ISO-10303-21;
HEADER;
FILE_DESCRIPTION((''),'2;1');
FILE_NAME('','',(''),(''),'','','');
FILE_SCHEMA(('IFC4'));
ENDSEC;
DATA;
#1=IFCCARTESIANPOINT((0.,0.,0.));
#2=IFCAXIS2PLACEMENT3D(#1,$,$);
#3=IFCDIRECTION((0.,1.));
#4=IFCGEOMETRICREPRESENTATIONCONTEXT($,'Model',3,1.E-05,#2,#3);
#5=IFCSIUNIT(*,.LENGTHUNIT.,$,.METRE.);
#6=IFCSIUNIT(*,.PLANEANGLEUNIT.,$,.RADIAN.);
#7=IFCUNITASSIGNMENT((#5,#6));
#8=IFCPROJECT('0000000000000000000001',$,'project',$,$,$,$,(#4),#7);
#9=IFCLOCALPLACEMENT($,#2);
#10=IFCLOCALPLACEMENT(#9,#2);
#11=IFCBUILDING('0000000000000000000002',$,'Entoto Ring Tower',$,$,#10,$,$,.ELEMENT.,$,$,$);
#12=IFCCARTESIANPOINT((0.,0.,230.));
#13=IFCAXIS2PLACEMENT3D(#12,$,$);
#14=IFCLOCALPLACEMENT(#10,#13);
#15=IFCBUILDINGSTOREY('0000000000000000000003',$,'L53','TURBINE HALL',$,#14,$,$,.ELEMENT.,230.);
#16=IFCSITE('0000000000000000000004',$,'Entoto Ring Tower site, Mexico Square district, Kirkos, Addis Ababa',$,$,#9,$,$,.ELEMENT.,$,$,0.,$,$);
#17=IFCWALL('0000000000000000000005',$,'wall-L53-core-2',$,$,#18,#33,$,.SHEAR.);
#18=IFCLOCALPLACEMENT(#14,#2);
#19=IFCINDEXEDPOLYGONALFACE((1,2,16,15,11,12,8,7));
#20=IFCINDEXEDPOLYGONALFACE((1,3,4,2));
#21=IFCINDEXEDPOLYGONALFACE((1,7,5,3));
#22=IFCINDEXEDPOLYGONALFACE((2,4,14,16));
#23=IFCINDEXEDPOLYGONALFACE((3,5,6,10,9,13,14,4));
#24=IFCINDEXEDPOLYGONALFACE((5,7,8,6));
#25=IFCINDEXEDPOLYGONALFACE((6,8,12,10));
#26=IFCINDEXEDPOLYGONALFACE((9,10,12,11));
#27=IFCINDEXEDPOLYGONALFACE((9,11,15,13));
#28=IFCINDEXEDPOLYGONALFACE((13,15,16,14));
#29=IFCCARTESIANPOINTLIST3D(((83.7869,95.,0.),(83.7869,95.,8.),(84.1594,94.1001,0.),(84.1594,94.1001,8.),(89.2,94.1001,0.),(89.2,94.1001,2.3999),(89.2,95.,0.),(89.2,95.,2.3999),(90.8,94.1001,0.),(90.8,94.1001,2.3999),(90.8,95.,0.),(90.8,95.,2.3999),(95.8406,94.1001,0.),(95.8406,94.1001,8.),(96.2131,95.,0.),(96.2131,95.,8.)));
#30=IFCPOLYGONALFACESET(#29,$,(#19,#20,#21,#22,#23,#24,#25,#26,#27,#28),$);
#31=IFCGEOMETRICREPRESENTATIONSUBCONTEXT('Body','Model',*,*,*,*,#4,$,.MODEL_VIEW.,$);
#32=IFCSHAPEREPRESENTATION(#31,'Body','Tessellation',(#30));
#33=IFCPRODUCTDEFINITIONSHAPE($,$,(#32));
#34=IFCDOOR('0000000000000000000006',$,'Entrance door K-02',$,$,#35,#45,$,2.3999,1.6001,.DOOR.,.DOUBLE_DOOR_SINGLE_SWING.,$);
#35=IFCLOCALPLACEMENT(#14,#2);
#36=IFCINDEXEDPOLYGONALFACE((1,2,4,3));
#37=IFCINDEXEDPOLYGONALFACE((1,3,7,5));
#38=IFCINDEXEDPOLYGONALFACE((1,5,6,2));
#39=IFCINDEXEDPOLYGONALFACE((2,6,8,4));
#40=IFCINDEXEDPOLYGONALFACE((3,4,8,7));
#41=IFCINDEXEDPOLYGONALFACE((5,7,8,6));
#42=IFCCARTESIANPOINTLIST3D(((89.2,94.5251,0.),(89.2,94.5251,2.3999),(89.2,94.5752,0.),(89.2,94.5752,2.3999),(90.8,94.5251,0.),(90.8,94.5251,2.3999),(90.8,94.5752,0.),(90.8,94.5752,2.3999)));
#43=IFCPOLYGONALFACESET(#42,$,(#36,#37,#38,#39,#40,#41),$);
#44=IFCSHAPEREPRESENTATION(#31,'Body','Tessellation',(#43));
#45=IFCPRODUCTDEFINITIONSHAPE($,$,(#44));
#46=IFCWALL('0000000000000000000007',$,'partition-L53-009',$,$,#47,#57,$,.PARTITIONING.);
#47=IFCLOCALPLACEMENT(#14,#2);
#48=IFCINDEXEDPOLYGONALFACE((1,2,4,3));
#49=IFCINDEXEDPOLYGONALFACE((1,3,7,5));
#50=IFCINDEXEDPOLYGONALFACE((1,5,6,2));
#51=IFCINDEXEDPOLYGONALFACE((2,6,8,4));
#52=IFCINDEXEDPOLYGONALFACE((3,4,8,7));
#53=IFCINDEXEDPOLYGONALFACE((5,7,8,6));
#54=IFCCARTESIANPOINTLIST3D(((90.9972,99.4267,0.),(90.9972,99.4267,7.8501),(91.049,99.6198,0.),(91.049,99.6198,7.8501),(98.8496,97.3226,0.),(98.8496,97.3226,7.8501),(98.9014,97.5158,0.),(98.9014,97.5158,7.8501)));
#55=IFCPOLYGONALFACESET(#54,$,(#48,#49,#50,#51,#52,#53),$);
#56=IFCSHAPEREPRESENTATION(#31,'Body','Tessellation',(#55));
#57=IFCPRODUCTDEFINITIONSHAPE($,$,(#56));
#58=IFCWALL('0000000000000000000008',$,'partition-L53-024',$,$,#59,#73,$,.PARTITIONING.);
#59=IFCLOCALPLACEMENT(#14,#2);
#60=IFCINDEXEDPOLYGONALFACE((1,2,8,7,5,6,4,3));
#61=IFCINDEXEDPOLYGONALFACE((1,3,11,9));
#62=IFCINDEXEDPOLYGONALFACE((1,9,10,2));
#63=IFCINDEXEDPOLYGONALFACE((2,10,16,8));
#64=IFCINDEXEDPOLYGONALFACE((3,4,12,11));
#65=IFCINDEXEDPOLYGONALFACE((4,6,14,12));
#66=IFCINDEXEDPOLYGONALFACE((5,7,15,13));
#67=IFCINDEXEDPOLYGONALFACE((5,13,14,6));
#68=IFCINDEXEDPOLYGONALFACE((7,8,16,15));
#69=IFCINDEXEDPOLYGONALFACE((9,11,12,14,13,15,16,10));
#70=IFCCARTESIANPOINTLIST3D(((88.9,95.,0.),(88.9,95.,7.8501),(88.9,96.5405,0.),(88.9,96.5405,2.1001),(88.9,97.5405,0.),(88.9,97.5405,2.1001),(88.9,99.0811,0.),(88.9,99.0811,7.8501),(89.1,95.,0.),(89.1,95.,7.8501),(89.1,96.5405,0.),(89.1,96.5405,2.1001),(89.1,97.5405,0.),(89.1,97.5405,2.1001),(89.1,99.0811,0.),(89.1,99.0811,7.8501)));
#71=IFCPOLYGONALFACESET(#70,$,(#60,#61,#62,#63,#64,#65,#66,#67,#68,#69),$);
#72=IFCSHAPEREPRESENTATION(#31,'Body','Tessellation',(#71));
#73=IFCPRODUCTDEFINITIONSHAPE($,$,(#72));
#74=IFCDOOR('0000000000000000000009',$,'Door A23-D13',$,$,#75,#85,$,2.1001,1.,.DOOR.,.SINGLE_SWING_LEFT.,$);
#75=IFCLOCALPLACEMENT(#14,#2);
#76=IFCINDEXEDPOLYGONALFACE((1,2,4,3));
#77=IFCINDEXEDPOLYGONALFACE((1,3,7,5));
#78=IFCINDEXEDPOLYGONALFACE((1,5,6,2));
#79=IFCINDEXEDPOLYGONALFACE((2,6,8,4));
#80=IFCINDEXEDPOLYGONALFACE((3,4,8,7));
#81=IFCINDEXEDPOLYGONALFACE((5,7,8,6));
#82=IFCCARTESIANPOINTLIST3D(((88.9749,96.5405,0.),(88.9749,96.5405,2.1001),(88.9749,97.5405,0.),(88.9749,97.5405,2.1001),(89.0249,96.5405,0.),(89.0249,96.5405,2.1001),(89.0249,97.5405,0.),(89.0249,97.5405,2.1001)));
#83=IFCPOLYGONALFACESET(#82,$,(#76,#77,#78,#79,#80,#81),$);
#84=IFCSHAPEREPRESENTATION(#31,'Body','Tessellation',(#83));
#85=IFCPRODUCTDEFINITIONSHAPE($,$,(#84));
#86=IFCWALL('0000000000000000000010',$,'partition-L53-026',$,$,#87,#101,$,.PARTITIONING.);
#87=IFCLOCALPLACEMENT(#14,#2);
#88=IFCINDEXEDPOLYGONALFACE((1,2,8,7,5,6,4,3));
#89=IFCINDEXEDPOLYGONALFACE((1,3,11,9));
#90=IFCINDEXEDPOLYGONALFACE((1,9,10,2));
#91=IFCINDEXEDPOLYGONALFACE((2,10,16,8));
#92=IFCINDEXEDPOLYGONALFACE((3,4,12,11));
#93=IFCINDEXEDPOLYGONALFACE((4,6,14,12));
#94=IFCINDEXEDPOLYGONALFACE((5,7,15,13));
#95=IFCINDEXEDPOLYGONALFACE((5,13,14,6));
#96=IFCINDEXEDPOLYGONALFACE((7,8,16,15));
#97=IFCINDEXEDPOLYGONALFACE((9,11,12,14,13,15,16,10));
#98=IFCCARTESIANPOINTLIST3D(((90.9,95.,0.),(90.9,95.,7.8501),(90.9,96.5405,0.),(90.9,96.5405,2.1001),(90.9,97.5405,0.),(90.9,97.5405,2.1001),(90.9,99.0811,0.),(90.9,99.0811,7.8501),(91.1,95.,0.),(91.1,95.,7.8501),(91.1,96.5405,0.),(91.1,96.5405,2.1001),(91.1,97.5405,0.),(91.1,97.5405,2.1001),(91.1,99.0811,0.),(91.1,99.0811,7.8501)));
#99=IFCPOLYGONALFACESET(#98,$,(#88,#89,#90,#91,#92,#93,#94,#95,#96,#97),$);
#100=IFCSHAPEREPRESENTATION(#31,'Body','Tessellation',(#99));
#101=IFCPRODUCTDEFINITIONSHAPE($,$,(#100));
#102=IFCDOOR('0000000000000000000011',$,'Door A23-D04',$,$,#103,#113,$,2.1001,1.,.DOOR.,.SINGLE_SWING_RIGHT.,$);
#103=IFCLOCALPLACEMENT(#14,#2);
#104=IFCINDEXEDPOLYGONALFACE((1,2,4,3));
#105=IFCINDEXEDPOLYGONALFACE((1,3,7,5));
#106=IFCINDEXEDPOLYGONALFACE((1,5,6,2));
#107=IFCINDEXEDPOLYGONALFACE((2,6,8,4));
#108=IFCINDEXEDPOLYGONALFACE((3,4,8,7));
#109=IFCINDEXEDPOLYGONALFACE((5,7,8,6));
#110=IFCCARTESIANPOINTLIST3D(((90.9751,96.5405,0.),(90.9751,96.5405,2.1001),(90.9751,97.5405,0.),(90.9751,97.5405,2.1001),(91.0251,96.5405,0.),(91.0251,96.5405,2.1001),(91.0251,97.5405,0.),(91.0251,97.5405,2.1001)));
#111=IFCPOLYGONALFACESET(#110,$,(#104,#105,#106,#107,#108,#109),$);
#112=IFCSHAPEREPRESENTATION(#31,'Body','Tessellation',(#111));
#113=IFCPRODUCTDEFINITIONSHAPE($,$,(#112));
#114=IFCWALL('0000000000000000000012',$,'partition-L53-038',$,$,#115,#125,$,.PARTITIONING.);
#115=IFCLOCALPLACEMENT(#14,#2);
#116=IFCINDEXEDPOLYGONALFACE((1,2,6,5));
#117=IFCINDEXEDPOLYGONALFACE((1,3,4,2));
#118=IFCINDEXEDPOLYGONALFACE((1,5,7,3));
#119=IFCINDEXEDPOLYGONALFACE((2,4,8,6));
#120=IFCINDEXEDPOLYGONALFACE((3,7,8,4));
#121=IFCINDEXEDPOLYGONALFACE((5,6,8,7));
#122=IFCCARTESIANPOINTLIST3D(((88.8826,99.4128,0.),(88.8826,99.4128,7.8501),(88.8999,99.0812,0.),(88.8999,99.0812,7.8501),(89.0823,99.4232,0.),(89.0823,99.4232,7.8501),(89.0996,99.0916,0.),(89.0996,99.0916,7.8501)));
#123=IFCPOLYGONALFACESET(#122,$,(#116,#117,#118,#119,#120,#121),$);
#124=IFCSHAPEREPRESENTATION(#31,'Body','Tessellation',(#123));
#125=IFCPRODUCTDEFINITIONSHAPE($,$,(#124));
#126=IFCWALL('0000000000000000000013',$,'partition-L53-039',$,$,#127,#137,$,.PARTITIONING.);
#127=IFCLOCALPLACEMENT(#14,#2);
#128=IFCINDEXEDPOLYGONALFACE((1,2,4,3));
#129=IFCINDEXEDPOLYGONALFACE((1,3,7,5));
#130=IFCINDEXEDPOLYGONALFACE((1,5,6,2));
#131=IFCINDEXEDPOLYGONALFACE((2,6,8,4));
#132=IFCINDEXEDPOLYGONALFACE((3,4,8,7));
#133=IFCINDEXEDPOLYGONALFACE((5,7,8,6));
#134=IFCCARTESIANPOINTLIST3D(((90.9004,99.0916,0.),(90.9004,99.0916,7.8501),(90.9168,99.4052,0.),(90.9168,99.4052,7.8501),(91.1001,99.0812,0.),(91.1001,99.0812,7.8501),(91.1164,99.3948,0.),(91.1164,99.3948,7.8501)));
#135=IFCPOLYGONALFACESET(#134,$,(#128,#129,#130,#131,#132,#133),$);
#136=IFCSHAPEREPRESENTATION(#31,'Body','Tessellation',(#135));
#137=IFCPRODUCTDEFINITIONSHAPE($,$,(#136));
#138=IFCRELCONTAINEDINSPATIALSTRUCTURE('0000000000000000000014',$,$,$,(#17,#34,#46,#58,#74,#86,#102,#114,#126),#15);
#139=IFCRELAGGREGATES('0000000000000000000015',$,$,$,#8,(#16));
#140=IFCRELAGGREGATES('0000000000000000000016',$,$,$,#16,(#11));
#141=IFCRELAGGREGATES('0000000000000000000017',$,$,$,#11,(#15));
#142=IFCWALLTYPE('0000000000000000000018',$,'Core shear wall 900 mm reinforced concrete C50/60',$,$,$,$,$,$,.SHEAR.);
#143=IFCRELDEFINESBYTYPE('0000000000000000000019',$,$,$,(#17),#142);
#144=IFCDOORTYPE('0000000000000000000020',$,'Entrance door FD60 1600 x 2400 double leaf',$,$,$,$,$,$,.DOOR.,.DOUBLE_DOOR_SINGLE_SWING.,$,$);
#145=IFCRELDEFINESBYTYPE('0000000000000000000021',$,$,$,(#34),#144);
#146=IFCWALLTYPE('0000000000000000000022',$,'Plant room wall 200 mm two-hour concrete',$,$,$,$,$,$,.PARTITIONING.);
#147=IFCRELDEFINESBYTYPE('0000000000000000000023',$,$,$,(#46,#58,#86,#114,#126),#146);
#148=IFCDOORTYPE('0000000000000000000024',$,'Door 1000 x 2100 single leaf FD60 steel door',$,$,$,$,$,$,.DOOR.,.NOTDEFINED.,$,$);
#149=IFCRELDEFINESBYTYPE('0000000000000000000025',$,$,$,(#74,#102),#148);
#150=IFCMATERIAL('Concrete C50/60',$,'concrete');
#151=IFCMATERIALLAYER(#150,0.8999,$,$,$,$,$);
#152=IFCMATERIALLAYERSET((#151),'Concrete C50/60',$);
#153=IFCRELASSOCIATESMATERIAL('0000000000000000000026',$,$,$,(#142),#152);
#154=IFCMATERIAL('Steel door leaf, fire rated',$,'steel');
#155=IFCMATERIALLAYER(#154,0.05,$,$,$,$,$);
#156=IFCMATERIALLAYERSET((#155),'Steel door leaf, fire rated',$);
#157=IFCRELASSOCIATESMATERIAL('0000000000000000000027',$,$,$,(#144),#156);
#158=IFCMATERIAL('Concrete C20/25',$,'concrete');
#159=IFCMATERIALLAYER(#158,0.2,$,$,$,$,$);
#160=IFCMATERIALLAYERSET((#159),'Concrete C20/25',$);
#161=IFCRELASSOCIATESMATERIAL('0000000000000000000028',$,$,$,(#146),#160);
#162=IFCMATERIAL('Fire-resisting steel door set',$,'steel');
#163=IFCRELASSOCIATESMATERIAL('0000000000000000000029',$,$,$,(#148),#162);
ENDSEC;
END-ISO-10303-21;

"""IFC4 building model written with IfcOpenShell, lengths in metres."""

from ifc_helpers import new_model, si_unit, direction, frame, frame_2d, origin, place, context, subcontext, project, spatial, polyline, rectangle, outline, extrude, material, layer, layer_set, type_object, element, fill, save


model = new_model("IFC4")

# Units and contexts
model_context = context("Model", 3, precision=1e-05, world=origin(), true_north=direction((0.0, 1.0)))
body_context = subcontext(model_context, "Body", "Model", "MODEL_VIEW")
ifc_project = project(units=[si_unit("LENGTHUNIT", "METRE"), si_unit("PLANEANGLEUNIT", "RADIAN")], contexts=[model_context])

# Site, building, storey
site_placement = place(None, origin())
site = spatial("IfcSite", under=ifc_project, at=site_placement, Name="Entoto Ring Tower site, Mexico Square district, Kirkos, Addis Ababa", CompositionType="ELEMENT", RefElevation=0.0)
building_placement = place(site_placement, origin())
building = spatial("IfcBuilding", under=site, at=building_placement, Name="Entoto Ring Tower", CompositionType="ELEMENT")
storey_placement = place(building_placement, frame((0.0, 0.0, 230.0)))
storey = spatial("IfcBuildingStorey", under=building, at=storey_placement, Name="L53", Description="TURBINE HALL", CompositionType="ELEMENT", Elevation=230.0)

# Wall, opening, door
ifc_material_1 = material(Name="Concrete C50/60", Category="concrete")
ifc_layer_1 = layer(ifc_material_1, 0.8999)
ifc_layer_set_1 = layer_set([ifc_layer_1], Name="Concrete C50/60")
wall_type_1 = type_object("IfcWallType", Name="Core shear wall 900 mm reinforced concrete C50/60", PredefinedType="SHEAR", material=ifc_layer_set_1)
wall_1_placement = place(storey_placement, frame((96.0269, 94.55, 0.0), z_axis=(0.0, 0.0, 1.0), x_axis=(-1.0, 0.0, 0.0)))
wall_1 = element("IfcWall", 1, at=wall_1_placement, inside=storey, type_object=wall_type_1, Name="wall-L53-core-2", PredefinedType="SHEAR", context=body_context, shape_type="SweptSolid", body=[
    extrude(outline(polyline([(-0.1863, -0.45), (12.24, -0.45), (11.8674, 0.45), (0.1863, 0.45), (-0.1863, -0.45)])), origin(), (0.0, 0.0, 1.0), 8.0),
])
opening_1_placement = place(wall_1_placement, frame((5.2268, 0.0, 0.0)))
opening_1 = element("IfcOpeningElement", 2, at=opening_1_placement, cuts=wall_1, PredefinedType="OPENING", context=body_context, shape_type="SweptSolid", body=[
    extrude(rectangle(XDim=1.6001, YDim=2.3999, at=frame_2d((0.8, 1.2))), frame((0.0, 0.46, 0.0), z_axis=(0.0, -1.0, 0.0), x_axis=(1.0, 0.0, 0.0)), (0.0, 0.0, 1.0), 0.9199),
])
ifc_material_2 = material(Name="Steel door leaf, fire rated", Category="steel")
ifc_layer_2 = layer(ifc_material_2, 0.05)
ifc_layer_set_2 = layer_set([ifc_layer_2], Name="Steel door leaf, fire rated")
door_type_1 = type_object("IfcDoorType", Name="Entrance door FD60 1600 x 2400 double leaf", OperationType="DOUBLE_DOOR_SINGLE_SWING", PredefinedType="DOOR", material=ifc_layer_set_2)
door_1_placement = place(opening_1_placement, origin())
door_1 = element("IfcDoor", 3, at=door_1_placement, inside=storey, type_object=door_type_1, Name="Entrance door K-02", OperationType="DOUBLE_DOOR_SINGLE_SWING", OverallHeight=2.3999, OverallWidth=1.6001, PredefinedType="DOOR", context=body_context, shape_type="SweptSolid", body=[
    extrude(rectangle(XDim=1.6001, YDim=2.3999, at=frame_2d((0.8, 1.2))), frame((0.0, 0.0249, 0.0), z_axis=(0.0, -1.0, 0.0), x_axis=(1.0, 0.0, 0.0)), (0.0, 0.0, 1.0), 0.05),
])
fill(opening_1, door_1)

# Wall
ifc_material_3 = material(Name="Concrete C20/25", Category="concrete")
ifc_layer_3 = layer(ifc_material_3, 0.2)
ifc_layer_set_3 = layer_set([ifc_layer_3], Name="Concrete C20/25")
wall_type_2 = type_object("IfcWallType", Name="Plant room wall 200 mm two-hour concrete", PredefinedType="PARTITIONING", material=ifc_layer_set_3)
wall_2_placement = place(storey_placement, frame((98.8755, 97.4192, 0.0), z_axis=(0.0, 0.0, 1.0), x_axis=(-0.965926, 0.258818, 0.0)))
element("IfcWall", 4, at=wall_2_placement, inside=storey, type_object=wall_type_2, Name="partition-L53-009", PredefinedType="PARTITIONING", context=body_context, shape_type="SweptSolid", body=[
    extrude(rectangle(XDim=8.1294, YDim=0.2, at=frame_2d((4.0647, 0.0))), origin(), (0.0, 0.0, 1.0), 7.8501),
])

# Walls, openings, doors
wall_3_placement = place(storey_placement, frame((89.0, 95.0, 0.0), z_axis=(0.0, 0.0, 1.0), x_axis=(0.0, 1.0, 0.0)))
wall_3 = element("IfcWall", 5, at=wall_3_placement, inside=storey, type_object=wall_type_2, Name="partition-L53-024", PredefinedType="PARTITIONING", context=body_context, shape_type="SweptSolid", body=[
    extrude(rectangle(XDim=4.0811, YDim=0.2, at=frame_2d((2.0405, 0.0))), origin(), (0.0, 0.0, 1.0), 7.8501),
])
opening_2_placement = place(wall_3_placement, frame((1.5405, 0.0, 0.0)))
opening_2 = element("IfcOpeningElement", 6, at=opening_2_placement, cuts=wall_3, PredefinedType="OPENING", context=body_context, shape_type="SweptSolid", body=[
    extrude(rectangle(XDim=1.0, YDim=2.1001, at=frame_2d((0.5, 1.05))), frame((0.0, 0.1099, 0.0), z_axis=(0.0, -1.0, 0.0), x_axis=(1.0, 0.0, 0.0)), (0.0, 0.0, 1.0), 0.22),
])
ifc_material_4 = material(Name="Fire-resisting steel door set", Category="steel")
door_type_2 = type_object("IfcDoorType", Name="Door 1000 x 2100 single leaf FD60 steel door", OperationType="NOTDEFINED", PredefinedType="DOOR", material=ifc_material_4)
door_2_placement = place(opening_2_placement, frame((1.0, 0.0, 0.0), z_axis=(0.0, 0.0, 1.0), x_axis=(-1.0, 0.0, 0.0)))
door_2 = element("IfcDoor", 7, at=door_2_placement, inside=storey, type_object=door_type_2, Name="Door A23-D13", OperationType="SINGLE_SWING_LEFT", OverallHeight=2.1001, OverallWidth=1.0, PredefinedType="DOOR", context=body_context, shape_type="SweptSolid", body=[
    extrude(rectangle(XDim=1.0, YDim=2.1001, at=frame_2d((0.5, 1.05))), frame((0.0, 0.0249, 0.0), z_axis=(0.0, -1.0, 0.0), x_axis=(1.0, 0.0, 0.0)), (0.0, 0.0, 1.0), 0.05),
])
fill(opening_2, door_2)
wall_4_placement = place(storey_placement, frame((91.0, 95.0, 0.0), z_axis=(0.0, 0.0, 1.0), x_axis=(0.0, 1.0, 0.0)))
wall_4 = element("IfcWall", 8, at=wall_4_placement, inside=storey, type_object=wall_type_2, Name="partition-L53-026", PredefinedType="PARTITIONING", context=body_context, shape_type="SweptSolid", body=[
    extrude(rectangle(XDim=4.0811, YDim=0.2, at=frame_2d((2.0405, 0.0))), origin(), (0.0, 0.0, 1.0), 7.8501),
])
opening_3_placement = place(wall_4_placement, frame((1.5405, 0.0, 0.0)))
opening_3 = element("IfcOpeningElement", 9, at=opening_3_placement, cuts=wall_4, PredefinedType="OPENING", context=body_context, shape_type="SweptSolid", body=[
    extrude(rectangle(XDim=1.0, YDim=2.1001, at=frame_2d((0.5, 1.05))), frame((0.0, 0.1099, 0.0), z_axis=(0.0, -1.0, 0.0), x_axis=(1.0, 0.0, 0.0)), (0.0, 0.0, 1.0), 0.22),
])
door_3_placement = place(opening_3_placement, origin())
door_3 = element("IfcDoor", 10, at=door_3_placement, inside=storey, type_object=door_type_2, Name="Door A23-D04", OperationType="SINGLE_SWING_RIGHT", OverallHeight=2.1001, OverallWidth=1.0, PredefinedType="DOOR", context=body_context, shape_type="SweptSolid", body=[
    extrude(rectangle(XDim=1.0, YDim=2.1001, at=frame_2d((0.5, 1.05))), frame((0.0, 0.0249, 0.0), z_axis=(0.0, -1.0, 0.0), x_axis=(1.0, 0.0, 0.0)), (0.0, 0.0, 1.0), 0.05),
])
fill(opening_3, door_3)

# Walls
wall_5_placement = place(storey_placement, frame((88.9998, 99.0864, 0.0), z_axis=(0.0, 0.0, 1.0), x_axis=(-0.052211, 0.998636, 0.0)))
element("IfcWall", 11, at=wall_5_placement, inside=storey, type_object=wall_type_2, Name="partition-L53-038", PredefinedType="PARTITIONING", context=body_context, shape_type="SweptSolid", body=[
    extrude(rectangle(XDim=0.332, YDim=0.2, at=frame_2d((0.166, 0.0))), origin(), (0.0, 0.0, 1.0), 7.8501),
])
wall_6_placement = place(storey_placement, frame((91.0002, 99.0864, 0.0), z_axis=(0.0, 0.0, 1.0), x_axis=(0.05211, 0.998641, 0.0)))
element("IfcWall", 12, at=wall_6_placement, inside=storey, type_object=wall_type_2, Name="partition-L53-039", PredefinedType="PARTITIONING", context=body_context, shape_type="SweptSolid", body=[
    extrude(rectangle(XDim=0.314, YDim=0.2, at=frame_2d((0.157, 0.0))), origin(), (0.0, 0.0, 1.0), 7.8501),
])

save(model, "model.ifc")
